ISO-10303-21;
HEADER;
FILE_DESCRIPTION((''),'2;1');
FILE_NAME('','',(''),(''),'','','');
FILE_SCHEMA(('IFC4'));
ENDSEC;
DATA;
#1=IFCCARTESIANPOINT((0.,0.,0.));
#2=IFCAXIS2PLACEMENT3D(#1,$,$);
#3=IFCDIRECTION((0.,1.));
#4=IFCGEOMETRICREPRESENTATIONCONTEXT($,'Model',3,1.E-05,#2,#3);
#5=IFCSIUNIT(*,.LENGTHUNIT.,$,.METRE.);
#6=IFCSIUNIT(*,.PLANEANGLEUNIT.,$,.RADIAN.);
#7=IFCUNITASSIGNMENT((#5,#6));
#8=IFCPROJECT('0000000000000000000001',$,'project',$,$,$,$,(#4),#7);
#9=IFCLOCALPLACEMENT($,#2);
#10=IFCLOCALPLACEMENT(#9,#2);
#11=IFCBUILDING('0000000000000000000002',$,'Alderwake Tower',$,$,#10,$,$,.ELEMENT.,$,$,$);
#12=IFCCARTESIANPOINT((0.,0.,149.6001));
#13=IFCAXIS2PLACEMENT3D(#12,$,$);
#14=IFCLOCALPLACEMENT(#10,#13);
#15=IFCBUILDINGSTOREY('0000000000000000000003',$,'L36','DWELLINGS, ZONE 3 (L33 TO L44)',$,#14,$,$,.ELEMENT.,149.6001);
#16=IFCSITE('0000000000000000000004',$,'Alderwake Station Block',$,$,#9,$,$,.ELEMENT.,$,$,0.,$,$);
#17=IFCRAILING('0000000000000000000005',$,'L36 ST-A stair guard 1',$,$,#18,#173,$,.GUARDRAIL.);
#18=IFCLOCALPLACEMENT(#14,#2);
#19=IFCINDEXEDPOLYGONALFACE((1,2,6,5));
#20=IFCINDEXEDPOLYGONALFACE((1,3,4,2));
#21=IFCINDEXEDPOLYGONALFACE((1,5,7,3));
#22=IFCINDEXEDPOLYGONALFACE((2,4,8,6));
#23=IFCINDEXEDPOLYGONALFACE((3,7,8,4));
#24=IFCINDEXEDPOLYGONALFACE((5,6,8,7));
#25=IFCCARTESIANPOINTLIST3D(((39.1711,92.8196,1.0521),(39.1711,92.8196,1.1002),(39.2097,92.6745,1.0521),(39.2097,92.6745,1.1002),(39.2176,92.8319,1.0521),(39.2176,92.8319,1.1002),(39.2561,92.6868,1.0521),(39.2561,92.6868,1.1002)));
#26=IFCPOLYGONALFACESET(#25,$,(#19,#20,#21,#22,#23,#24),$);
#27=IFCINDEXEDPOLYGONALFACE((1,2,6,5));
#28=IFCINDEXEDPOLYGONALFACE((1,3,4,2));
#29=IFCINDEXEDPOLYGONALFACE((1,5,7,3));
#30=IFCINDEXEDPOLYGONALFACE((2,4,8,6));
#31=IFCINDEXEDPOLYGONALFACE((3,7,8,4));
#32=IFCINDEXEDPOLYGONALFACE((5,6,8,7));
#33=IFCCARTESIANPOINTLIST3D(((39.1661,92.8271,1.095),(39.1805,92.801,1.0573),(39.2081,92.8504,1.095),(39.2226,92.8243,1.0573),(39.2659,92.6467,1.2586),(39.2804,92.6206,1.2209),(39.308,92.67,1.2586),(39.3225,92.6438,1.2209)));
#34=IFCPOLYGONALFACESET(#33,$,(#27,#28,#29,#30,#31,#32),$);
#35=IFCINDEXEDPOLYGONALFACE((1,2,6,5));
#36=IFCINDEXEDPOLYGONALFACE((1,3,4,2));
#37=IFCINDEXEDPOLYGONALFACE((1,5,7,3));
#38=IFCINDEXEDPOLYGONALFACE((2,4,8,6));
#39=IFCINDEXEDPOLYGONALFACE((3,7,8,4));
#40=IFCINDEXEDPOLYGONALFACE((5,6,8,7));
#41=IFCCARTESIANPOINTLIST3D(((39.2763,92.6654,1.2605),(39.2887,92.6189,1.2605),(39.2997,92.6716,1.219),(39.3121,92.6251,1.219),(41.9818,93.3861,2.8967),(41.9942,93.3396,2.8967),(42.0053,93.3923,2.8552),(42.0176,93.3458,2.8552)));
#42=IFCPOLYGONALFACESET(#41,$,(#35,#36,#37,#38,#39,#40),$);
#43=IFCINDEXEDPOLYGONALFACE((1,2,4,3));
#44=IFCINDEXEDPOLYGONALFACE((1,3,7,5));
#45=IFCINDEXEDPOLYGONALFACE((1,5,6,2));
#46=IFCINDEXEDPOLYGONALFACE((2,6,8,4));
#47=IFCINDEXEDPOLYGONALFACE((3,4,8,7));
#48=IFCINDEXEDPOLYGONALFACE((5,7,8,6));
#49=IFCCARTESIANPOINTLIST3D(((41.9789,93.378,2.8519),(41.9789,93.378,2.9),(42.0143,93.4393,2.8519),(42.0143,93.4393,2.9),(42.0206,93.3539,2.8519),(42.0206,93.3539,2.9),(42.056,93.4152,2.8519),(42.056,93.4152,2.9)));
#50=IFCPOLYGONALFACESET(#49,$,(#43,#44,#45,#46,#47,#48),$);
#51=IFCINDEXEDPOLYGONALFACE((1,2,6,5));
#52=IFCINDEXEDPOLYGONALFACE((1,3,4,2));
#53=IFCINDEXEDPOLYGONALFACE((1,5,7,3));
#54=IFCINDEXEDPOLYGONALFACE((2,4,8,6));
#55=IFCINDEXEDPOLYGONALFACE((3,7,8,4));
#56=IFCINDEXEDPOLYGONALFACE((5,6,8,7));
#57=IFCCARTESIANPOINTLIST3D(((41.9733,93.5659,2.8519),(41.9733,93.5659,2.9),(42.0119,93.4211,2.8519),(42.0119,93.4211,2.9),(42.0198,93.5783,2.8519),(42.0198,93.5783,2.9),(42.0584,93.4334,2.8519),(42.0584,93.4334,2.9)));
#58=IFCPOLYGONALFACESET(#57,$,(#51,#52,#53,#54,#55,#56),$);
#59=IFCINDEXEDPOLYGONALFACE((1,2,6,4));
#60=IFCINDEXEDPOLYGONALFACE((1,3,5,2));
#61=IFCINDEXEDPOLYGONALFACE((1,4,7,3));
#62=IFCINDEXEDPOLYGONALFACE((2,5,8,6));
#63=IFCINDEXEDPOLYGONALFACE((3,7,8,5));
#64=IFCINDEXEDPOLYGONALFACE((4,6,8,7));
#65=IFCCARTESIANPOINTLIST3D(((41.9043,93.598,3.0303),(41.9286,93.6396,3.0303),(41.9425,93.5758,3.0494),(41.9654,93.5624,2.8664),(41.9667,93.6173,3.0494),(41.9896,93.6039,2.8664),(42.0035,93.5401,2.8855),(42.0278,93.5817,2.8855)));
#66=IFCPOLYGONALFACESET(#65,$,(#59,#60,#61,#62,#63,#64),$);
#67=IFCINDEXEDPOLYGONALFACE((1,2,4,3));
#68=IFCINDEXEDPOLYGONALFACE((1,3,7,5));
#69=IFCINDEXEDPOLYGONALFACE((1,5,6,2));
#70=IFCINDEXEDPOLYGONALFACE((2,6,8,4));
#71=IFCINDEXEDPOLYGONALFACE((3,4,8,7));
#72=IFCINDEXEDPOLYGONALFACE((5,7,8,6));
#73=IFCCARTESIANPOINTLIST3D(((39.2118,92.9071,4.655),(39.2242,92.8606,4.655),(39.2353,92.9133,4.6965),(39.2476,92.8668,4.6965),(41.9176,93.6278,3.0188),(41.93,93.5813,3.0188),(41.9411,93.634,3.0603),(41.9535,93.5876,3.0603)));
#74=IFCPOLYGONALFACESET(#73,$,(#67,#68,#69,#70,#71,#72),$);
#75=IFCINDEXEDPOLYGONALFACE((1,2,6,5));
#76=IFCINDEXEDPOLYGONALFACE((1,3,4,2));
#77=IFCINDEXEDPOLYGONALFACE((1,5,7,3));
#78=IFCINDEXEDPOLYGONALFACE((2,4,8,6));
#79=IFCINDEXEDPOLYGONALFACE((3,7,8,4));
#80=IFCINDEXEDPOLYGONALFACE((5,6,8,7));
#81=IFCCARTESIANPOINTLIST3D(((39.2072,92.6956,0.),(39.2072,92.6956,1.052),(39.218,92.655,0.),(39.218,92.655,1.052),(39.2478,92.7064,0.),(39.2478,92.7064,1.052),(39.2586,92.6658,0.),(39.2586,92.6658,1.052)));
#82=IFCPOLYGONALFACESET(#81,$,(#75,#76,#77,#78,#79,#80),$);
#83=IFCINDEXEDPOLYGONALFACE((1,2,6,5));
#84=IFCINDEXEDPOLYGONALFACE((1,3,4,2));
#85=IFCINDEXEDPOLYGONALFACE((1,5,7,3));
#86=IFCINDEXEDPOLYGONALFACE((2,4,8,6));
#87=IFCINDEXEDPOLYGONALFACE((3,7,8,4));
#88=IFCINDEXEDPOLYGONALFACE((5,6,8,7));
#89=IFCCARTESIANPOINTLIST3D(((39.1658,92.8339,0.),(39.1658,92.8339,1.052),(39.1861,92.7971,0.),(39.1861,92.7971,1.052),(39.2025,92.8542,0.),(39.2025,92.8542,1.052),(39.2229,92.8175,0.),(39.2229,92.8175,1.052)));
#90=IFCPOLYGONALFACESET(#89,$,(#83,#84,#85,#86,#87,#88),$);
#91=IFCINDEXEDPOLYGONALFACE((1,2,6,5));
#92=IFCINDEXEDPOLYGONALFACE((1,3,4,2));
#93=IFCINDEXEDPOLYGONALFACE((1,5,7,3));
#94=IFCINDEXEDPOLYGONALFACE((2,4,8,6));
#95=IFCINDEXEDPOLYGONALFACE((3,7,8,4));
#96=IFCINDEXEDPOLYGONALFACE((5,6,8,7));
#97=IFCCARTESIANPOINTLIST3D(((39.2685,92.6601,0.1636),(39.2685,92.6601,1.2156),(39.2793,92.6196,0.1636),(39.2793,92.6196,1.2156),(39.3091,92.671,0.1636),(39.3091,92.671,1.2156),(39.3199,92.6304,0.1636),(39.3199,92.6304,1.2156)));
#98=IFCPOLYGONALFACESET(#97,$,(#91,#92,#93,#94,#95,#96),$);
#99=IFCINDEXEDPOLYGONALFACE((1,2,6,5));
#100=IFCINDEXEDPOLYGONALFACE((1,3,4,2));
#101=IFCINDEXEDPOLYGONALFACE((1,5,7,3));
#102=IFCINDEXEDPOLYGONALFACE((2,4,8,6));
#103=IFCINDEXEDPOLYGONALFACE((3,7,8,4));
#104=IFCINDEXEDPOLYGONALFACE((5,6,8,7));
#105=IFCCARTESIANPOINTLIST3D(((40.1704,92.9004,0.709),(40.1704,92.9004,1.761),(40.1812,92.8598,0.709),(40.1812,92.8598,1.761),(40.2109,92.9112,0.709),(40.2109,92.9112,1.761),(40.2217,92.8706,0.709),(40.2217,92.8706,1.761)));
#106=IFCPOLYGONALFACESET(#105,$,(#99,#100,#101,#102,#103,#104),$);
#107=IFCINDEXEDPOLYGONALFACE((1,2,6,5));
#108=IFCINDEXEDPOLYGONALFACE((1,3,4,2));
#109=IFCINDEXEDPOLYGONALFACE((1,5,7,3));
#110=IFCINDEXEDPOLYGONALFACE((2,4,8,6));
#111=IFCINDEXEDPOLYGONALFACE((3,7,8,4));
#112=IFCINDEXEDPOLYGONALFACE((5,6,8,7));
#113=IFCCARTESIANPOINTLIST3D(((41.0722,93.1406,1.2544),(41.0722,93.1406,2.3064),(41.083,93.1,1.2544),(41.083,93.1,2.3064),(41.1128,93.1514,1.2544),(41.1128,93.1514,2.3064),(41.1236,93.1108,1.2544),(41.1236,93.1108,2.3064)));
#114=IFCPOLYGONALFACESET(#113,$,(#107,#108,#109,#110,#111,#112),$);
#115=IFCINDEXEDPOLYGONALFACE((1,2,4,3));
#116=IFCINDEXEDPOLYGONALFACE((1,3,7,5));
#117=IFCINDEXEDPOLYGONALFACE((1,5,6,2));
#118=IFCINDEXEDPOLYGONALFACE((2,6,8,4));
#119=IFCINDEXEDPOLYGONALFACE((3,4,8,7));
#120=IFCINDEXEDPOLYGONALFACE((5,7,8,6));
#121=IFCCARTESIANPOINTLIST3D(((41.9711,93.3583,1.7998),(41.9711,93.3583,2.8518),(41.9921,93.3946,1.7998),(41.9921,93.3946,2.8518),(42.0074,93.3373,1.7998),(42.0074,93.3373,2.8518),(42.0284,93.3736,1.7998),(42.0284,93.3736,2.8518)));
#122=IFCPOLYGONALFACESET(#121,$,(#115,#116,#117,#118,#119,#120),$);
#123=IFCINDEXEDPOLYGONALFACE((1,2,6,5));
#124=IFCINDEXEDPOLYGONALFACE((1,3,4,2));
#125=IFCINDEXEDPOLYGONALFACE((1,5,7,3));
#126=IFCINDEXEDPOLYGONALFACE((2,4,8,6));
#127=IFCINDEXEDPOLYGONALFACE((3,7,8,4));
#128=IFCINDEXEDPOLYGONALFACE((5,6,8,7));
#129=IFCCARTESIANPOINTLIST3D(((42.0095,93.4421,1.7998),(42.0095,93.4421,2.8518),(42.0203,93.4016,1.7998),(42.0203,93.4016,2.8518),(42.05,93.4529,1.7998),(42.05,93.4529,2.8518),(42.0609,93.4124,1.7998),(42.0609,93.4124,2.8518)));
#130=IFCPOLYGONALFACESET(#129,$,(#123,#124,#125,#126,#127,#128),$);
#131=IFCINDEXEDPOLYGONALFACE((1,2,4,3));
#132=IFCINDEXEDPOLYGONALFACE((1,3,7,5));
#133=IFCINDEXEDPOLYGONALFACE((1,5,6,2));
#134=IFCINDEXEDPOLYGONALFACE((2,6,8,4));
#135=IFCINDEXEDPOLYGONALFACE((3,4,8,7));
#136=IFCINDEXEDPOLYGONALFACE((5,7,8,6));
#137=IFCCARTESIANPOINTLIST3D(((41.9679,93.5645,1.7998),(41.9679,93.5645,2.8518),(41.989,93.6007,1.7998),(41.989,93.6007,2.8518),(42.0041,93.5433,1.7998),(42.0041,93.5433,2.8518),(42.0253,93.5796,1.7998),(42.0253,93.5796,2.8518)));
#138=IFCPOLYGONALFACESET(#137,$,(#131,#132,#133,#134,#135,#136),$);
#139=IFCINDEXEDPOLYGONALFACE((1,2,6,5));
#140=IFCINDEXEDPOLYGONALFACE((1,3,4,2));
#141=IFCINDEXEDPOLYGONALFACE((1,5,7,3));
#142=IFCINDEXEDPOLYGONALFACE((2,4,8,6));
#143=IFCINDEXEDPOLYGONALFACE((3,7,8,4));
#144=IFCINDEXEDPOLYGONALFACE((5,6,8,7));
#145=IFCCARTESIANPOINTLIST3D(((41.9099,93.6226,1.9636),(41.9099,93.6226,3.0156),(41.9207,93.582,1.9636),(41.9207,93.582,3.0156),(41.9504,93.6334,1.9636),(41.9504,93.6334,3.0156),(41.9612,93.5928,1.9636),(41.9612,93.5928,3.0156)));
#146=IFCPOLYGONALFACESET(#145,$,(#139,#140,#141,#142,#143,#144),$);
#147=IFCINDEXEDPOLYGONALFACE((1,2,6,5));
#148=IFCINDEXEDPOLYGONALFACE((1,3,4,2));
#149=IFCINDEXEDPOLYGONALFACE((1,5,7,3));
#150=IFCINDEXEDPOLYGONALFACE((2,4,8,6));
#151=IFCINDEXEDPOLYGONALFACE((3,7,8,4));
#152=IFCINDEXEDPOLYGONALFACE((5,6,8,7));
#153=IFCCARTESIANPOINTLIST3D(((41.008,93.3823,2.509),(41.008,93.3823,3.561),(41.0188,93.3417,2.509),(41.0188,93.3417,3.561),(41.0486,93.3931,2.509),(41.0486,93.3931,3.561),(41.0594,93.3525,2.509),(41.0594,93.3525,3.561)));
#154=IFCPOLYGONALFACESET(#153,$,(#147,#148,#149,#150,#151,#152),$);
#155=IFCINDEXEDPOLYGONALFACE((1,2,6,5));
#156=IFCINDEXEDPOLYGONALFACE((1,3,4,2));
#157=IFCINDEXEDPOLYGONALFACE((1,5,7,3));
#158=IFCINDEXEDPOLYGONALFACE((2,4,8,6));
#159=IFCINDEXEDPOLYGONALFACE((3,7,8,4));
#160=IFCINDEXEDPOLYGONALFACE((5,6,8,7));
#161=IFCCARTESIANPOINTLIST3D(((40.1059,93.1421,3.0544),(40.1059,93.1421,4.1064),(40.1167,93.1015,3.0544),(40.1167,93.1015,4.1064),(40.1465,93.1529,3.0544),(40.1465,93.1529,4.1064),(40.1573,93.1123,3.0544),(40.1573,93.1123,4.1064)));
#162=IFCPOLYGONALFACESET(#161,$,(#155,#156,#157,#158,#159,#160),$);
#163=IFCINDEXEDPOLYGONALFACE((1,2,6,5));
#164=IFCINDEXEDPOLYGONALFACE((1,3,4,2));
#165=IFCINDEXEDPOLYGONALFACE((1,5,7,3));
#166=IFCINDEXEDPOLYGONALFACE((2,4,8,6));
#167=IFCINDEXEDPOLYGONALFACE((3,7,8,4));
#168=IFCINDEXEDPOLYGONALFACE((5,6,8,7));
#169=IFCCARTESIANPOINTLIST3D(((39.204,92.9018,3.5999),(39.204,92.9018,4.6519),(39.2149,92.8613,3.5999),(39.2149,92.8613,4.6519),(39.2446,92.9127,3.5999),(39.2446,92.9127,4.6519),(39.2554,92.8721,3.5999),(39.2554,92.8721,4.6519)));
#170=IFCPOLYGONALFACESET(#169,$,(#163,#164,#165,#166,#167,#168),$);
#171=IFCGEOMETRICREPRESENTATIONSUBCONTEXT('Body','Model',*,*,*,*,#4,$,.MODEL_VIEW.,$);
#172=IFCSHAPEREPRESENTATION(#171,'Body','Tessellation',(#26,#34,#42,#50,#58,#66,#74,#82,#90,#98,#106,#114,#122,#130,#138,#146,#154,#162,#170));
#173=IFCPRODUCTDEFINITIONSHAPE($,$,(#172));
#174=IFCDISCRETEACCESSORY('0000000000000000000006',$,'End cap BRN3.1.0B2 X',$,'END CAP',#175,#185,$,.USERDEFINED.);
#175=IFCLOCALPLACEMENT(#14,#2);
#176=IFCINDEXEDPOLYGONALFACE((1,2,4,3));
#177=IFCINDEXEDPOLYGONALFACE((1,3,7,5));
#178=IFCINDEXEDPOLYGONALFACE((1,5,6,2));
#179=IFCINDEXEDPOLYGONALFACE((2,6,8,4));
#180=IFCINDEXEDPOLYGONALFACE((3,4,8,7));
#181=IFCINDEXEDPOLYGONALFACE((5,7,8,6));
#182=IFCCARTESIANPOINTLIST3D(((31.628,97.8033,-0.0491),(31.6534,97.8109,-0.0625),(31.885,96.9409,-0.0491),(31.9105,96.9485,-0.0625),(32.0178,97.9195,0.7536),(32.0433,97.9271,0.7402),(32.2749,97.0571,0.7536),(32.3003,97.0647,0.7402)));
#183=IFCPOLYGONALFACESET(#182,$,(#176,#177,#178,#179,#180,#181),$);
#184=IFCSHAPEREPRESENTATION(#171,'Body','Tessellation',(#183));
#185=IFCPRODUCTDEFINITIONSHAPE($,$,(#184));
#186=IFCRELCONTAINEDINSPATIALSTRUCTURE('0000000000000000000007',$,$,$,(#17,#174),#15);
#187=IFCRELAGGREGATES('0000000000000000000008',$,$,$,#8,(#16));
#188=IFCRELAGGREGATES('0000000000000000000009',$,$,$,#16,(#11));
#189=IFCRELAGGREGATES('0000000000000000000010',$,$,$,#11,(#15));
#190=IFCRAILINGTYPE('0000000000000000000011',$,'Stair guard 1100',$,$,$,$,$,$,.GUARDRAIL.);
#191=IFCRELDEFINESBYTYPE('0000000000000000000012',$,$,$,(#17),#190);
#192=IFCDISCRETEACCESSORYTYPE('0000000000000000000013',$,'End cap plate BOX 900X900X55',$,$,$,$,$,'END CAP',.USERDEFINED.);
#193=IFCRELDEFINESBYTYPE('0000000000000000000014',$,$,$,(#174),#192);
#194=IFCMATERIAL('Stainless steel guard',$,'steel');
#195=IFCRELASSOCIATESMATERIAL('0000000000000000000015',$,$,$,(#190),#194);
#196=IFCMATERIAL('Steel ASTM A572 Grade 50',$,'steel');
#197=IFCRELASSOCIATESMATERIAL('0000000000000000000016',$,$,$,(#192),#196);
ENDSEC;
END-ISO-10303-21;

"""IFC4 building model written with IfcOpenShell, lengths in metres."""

from ifc_helpers import new_model, si_unit, direction, frame, origin, origin_2d, place, context, subcontext, project, spatial, rectangle, extrude, material, material_profile, profile_set, type_object, element, save


model = new_model("IFC4")

# Units and contexts
model_context = context("Model", 3, precision=1e-05, world=origin(), true_north=direction((0.0, 1.0)))
body_context = subcontext(model_context, "Body", "Model", "MODEL_VIEW")
ifc_project = project(units=[si_unit("LENGTHUNIT", "METRE"), si_unit("PLANEANGLEUNIT", "RADIAN")], contexts=[model_context])

# Site, building, storey
site_placement = place(None, origin())
site = spatial("IfcSite", under=ifc_project, at=site_placement, Name="Alderwake Station Block", CompositionType="ELEMENT", RefElevation=0.0)
building_placement = place(site_placement, origin())
building = spatial("IfcBuilding", under=site, at=building_placement, Name="Alderwake Tower", CompositionType="ELEMENT")
storey_placement = place(building_placement, frame((0.0, 0.0, 149.6001)))
storey = spatial("IfcBuildingStorey", under=building, at=storey_placement, Name="L36", Description="DWELLINGS, ZONE 3 (L33 TO L44)", CompositionType="ELEMENT", Elevation=149.6001)

# Railing
ifc_material_1 = material(Name="Stainless steel guard", Category="steel")
railing_type = type_object("IfcRailingType", Name="Stair guard 1100", PredefinedType="GUARDRAIL", material=ifc_material_1)
railing_placement = place(storey_placement, frame((39.2329, 92.6807, 0.0)))
element("IfcRailing", 1, at=railing_placement, inside=storey, type_object=railing_type, Name="L36 ST-A stair guard 1", PredefinedType="GUARDRAIL", context=body_context, shape_type="SweptSolid", body=[
    extrude(rectangle(XDim=0.0481, YDim=0.0481, at=origin_2d()), frame((0.0, 0.0, 1.0762), z_axis=(-0.257055, 0.966397, 0.0), x_axis=(-0.966397, -0.257055, 0.0)), (0.0, 0.0, 1.0), 0.1501),
    extrude(rectangle(XDim=0.0481, YDim=0.0481, at=origin_2d()), frame((-0.0386, 0.145, 1.0762), z_axis=(0.379371, -0.685464, 0.621463), x_axis=(0.874938, 0.484235, 0.0)), (0.0, 0.0, 1.0), 0.2632),
    extrude(rectangle(XDim=0.0481, YDim=0.0481, at=origin_2d()), frame((0.0613, -0.0354, 1.2397), z_axis=(0.834291, 0.222237, 0.504549), x_axis=(-0.257402, 0.966304, 0.0)), (0.0, 0.0, 1.0), 3.2429),
    extrude(rectangle(XDim=0.0481, YDim=0.0481, at=origin_2d()), frame((2.7668, 0.6853, 2.876), z_axis=(0.50022, 0.865898, 0.0), x_axis=(-0.865898, 0.50022, 0.0)), (0.0, 0.0, 1.0), 0.0708),
    extrude(rectangle(XDim=0.0481, YDim=0.0481, at=origin_2d()), frame((2.8022, 0.7466, 2.876), z_axis=(-0.25746, 0.966289, 0.0), x_axis=(-0.966289, -0.25746, 0.0)), (0.0, 0.0, 1.0), 0.1499),
    extrude(rectangle(XDim=0.0481, YDim=0.0481, at=origin_2d()), frame((2.7637, 0.8914, 2.876), z_axis=(-0.342095, 0.199783, 0.918182), x_axis=(-0.5043, -0.863528, 0.0)), (0.0, 0.0, 1.0), 0.1785),
    extrude(rectangle(XDim=0.0481, YDim=0.0481, at=origin_2d()), frame((2.7026, 0.927, 3.0396), z_axis=(-0.834314, -0.222223, 0.504518), x_axis=(0.25738, -0.96631, 0.0)), (0.0, 0.0, 1.0), 3.2432),
    extrude(rectangle(XDim=0.042, YDim=0.042, at=origin_2d()), frame((0.0, 0.0, 0.0), z_axis=(0.0, 0.0, 1.0), x_axis=(-0.257055, 0.966397, 0.0)), (0.0, 0.0, 1.0), 1.052),
    extrude(rectangle(XDim=0.042, YDim=0.042, at=origin_2d()), frame((-0.0386, 0.145, 0.0), z_axis=(0.0, 0.0, 1.0), x_axis=(0.484235, -0.874938, 0.0)), (0.0, 0.0, 1.0), 1.052),
    extrude(rectangle(XDim=0.042, YDim=0.042, at=origin_2d()), frame((0.0613, -0.0354, 0.1636), z_axis=(0.0, 0.0, 1.0), x_axis=(0.966304, 0.257402, 0.0)), (0.0, 0.0, 1.0), 1.052),
    extrude(rectangle(XDim=0.042, YDim=0.042, at=origin_2d()), frame((0.9631, 0.2048, 0.709), z_axis=(0.0, 0.0, 1.0), x_axis=(0.966304, 0.257402, 0.0)), (0.0, 0.0, 1.0), 1.052),
    extrude(rectangle(XDim=0.042, YDim=0.042, at=origin_2d()), frame((1.865, 0.4451, 1.2544), z_axis=(0.0, 0.0, 1.0), x_axis=(0.966304, 0.257402, 0.0)), (0.0, 0.0, 1.0), 1.052),
    extrude(rectangle(XDim=0.042, YDim=0.042, at=origin_2d()), frame((2.7668, 0.6853, 1.7998), z_axis=(0.0, 0.0, 1.0), x_axis=(0.50022, 0.865898, 0.0)), (0.0, 0.0, 1.0), 1.052),
    extrude(rectangle(XDim=0.042, YDim=0.042, at=origin_2d()), frame((2.8022, 0.7466, 1.7998), z_axis=(0.0, 0.0, 1.0), x_axis=(-0.25746, 0.966289, 0.0)), (0.0, 0.0, 1.0), 1.052),
    extrude(rectangle(XDim=0.042, YDim=0.042, at=origin_2d()), frame((2.7637, 0.8914, 1.7998), z_axis=(0.0, 0.0, 1.0), x_axis=(-0.863528, 0.5043, 0.0)), (0.0, 0.0, 1.0), 1.052),
    extrude(rectangle(XDim=0.042, YDim=0.042, at=origin_2d()), frame((2.7026, 0.927, 1.9636), z_axis=(0.0, 0.0, 1.0), x_axis=(-0.96631, -0.25738, 0.0)), (0.0, 0.0, 1.0), 1.052),
    extrude(rectangle(XDim=0.042, YDim=0.042, at=origin_2d()), frame((1.8008, 0.6868, 2.509), z_axis=(0.0, 0.0, 1.0), x_axis=(-0.96631, -0.25738, 0.0)), (0.0, 0.0, 1.0), 1.052),
    extrude(rectangle(XDim=0.042, YDim=0.042, at=origin_2d()), frame((0.8987, 0.4465, 3.0544), z_axis=(0.0, 0.0, 1.0), x_axis=(-0.96631, -0.25738, 0.0)), (0.0, 0.0, 1.0), 1.052),
    extrude(rectangle(XDim=0.042, YDim=0.042, at=origin_2d()), frame((-0.0032, 0.2063, 3.5999), z_axis=(0.0, 0.0, 1.0), x_axis=(-0.96631, -0.25738, 0.0)), (0.0, 0.0, 1.0), 1.052),
])

# Discrete accessory
ifc_material_2 = material(Name="Steel ASTM A572 Grade 50", Category="steel")
ifc_material_profile_1 = material_profile(ifc_material_2, rectangle(XDim=0.8999, YDim=0.8999, at=origin_2d()), Name="BOX 900X900X55 cap")
ifc_profile_set_1 = profile_set([ifc_material_profile_1], Name="Steel ASTM A572 Grade 50")
discrete_accessory_type = type_object("IfcDiscreteAccessoryType", Name="End cap plate BOX 900X900X55", ElementType="END CAP", PredefinedType="USERDEFINED", material=ifc_profile_set_1)
discrete_accessory_placement = place(storey_placement, frame((31.9514, 97.4302, 0.3523), z_axis=(0.854817, 0.254801, -0.452067), x_axis=(-0.285657, 0.958332, 0.0)))
element("IfcDiscreteAccessory", 2, at=discrete_accessory_placement, inside=storey, type_object=discrete_accessory_type, Name="End cap BRN3.1.0B2 X", ObjectType="END CAP", PredefinedType="USERDEFINED", context=body_context, shape_type="SweptSolid", body=[
    extrude(rectangle(XDim=0.8999, YDim=0.8999, at=origin_2d()), origin(), (0.0, 0.0, 1.0), 0.0298),
])

save(model, "model.ifc")
